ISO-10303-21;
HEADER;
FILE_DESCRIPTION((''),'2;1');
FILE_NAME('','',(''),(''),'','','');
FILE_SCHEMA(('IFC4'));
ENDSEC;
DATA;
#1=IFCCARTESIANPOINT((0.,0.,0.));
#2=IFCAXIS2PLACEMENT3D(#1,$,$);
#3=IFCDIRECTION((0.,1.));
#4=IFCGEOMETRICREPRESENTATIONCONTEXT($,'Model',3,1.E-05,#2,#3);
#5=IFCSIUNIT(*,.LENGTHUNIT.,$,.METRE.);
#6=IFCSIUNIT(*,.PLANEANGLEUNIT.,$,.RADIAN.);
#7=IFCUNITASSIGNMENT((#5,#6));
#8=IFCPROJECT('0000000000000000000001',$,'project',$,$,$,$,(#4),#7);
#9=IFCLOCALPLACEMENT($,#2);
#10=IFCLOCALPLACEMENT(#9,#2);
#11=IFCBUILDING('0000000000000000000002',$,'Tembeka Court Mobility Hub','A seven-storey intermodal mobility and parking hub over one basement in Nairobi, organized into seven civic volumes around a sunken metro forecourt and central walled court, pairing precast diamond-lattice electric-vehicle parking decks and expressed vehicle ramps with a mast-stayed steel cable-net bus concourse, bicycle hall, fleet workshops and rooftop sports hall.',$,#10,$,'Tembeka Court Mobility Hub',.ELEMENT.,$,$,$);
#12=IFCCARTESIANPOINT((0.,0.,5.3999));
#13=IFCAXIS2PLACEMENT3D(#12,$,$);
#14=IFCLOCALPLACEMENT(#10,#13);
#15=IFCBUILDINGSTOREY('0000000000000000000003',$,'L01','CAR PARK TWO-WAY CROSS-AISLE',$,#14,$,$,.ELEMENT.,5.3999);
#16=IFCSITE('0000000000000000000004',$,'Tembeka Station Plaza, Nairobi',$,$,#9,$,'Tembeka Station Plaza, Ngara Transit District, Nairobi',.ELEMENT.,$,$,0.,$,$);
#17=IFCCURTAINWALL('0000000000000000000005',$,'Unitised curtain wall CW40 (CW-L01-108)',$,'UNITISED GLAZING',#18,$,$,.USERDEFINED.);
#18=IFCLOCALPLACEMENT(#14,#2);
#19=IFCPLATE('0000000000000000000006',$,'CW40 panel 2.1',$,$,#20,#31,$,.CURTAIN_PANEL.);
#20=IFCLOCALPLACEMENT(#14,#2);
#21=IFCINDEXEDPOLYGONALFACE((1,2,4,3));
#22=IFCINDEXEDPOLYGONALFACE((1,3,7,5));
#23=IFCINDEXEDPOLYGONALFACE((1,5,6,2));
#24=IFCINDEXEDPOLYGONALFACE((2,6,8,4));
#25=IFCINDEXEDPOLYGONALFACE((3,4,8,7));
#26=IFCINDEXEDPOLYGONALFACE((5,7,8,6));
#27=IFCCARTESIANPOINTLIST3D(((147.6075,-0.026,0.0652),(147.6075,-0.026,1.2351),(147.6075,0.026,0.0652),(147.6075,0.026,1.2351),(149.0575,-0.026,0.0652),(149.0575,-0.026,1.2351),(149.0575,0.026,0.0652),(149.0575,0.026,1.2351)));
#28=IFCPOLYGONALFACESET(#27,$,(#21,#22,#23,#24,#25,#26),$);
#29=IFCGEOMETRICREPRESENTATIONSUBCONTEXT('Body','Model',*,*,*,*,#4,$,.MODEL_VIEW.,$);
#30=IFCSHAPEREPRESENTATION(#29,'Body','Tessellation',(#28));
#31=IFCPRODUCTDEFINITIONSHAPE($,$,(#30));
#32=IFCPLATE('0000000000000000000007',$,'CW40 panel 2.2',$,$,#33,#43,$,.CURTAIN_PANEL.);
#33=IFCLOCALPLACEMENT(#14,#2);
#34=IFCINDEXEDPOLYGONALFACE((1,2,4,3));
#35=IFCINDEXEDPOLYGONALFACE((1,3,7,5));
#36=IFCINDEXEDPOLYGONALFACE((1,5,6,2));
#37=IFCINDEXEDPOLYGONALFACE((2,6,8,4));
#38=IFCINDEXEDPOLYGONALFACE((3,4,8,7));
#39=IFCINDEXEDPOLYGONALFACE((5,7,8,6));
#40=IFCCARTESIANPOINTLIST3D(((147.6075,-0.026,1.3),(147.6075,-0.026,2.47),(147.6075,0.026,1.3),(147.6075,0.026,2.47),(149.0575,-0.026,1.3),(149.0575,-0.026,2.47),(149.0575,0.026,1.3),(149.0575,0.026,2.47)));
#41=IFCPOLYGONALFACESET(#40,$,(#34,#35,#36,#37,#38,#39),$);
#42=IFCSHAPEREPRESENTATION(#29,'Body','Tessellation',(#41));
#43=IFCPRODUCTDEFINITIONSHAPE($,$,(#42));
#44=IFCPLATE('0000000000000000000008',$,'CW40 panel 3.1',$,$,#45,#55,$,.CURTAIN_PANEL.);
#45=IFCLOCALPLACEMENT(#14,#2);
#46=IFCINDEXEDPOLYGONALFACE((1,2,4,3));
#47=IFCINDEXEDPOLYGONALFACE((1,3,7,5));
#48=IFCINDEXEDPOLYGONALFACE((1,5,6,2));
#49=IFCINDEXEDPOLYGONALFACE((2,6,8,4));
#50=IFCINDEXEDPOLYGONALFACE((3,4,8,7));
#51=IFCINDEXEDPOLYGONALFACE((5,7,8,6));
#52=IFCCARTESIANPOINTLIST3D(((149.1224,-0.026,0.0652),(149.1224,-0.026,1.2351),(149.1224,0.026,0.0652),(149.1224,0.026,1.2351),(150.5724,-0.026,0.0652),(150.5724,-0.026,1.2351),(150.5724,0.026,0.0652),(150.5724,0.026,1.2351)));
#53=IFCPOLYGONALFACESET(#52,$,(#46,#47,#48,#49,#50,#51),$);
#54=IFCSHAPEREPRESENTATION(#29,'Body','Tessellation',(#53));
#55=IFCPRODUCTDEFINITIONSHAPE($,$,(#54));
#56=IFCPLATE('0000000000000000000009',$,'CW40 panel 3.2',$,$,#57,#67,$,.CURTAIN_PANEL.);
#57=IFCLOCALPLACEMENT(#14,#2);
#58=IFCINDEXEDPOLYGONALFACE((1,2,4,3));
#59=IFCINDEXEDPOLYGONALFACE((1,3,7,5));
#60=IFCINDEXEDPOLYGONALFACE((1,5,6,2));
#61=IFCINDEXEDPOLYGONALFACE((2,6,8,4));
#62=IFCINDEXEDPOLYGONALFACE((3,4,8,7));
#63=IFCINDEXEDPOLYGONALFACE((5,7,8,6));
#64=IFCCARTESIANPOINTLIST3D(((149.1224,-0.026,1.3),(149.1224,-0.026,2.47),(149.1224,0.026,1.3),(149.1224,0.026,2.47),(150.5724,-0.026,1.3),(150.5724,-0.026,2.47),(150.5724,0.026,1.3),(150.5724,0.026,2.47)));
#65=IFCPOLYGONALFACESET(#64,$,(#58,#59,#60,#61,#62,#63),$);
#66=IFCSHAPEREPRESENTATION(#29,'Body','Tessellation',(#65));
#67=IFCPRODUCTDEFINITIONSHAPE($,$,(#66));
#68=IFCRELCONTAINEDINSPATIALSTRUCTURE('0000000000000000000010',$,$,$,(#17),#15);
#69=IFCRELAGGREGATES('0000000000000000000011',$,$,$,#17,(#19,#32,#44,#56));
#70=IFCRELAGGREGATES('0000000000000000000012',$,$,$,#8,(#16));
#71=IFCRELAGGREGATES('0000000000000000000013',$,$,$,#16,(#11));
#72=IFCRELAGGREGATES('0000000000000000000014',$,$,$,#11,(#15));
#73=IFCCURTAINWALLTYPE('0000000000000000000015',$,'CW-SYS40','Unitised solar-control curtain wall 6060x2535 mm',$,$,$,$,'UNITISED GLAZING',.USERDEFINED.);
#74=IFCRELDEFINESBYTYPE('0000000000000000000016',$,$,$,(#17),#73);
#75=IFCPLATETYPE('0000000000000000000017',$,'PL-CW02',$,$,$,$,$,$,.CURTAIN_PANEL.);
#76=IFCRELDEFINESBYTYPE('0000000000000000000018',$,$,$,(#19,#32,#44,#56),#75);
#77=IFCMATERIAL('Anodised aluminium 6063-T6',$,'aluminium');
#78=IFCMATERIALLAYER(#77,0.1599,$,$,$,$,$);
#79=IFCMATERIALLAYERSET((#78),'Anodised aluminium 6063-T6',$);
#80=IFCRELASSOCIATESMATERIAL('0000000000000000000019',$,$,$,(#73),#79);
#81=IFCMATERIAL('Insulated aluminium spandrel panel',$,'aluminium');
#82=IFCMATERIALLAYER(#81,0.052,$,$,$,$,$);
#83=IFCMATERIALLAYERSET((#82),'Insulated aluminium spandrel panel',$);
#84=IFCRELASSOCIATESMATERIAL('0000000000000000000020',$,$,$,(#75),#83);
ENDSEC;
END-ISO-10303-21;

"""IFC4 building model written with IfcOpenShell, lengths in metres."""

from ifc_helpers import new_model, si_unit, direction, frame, origin, origin_2d, place, context, subcontext, project, spatial, rectangle, extrude, material, layer, layer_set, type_object, element, aggregate, save


model = new_model("IFC4")

# Units and contexts
model_context = context("Model", 3, precision=1e-05, world=origin(), true_north=direction((0.0, 1.0)))
body_context = subcontext(model_context, "Body", "Model", "MODEL_VIEW")
ifc_project = project(units=[si_unit("LENGTHUNIT", "METRE"), si_unit("PLANEANGLEUNIT", "RADIAN")], contexts=[model_context])

# Site, building, storey
site_placement = place(None, origin())
site = spatial("IfcSite", under=ifc_project, at=site_placement, Name="Tembeka Station Plaza, Nairobi", LongName="Tembeka Station Plaza, Ngara Transit District, Nairobi", CompositionType="ELEMENT", RefElevation=0.0)
building_placement = place(site_placement, origin())
building = spatial("IfcBuilding", under=site, at=building_placement, Name="Tembeka Court Mobility Hub", Description="A seven-storey intermodal mobility and parking hub over one basement in Nairobi, organized into seven civic volumes around a sunken metro forecourt and central walled court, pairing precast diamond-lattice electric-vehicle parking decks and expressed vehicle ramps with a mast-stayed steel cable-net bus concourse, bicycle hall, fleet workshops and rooftop sports hall.", LongName="Tembeka Court Mobility Hub", CompositionType="ELEMENT")
storey_placement = place(building_placement, frame((0.0, 0.0, 5.3999)))
storey = spatial("IfcBuildingStorey", under=building, at=storey_placement, Name="L01", Description="CAR PARK TWO-WAY CROSS-AISLE", CompositionType="ELEMENT", Elevation=5.3999)

# Shared definitions
ifc_material_1 = material(Name="Anodised aluminium 6063-T6", Category="aluminium")

# Curtain wall
ifc_layer_1 = layer(ifc_material_1, 0.1599)
ifc_layer_set_1 = layer_set([ifc_layer_1], Name="Anodised aluminium 6063-T6")
curtain_wall_type_1 = type_object("IfcCurtainWallType", Name="CW-SYS40", Description="Unitised solar-control curtain wall 6060x2535 mm", ElementType="UNITISED GLAZING", PredefinedType="USERDEFINED", material=ifc_layer_set_1)
curtain_wall_1_placement = place(storey_placement, origin())
curtain_wall_1 = element("IfcCurtainWall", 1, at=curtain_wall_1_placement, inside=storey, type_object=curtain_wall_type_1, Name="Unitised curtain wall CW40 (CW-L01-108)", ObjectType="UNITISED GLAZING", PredefinedType="USERDEFINED")

# Plates
ifc_material_2 = material(Name="Insulated aluminium spandrel panel", Category="aluminium")
ifc_layer_2 = layer(ifc_material_2, 0.052)
ifc_layer_set_2 = layer_set([ifc_layer_2], Name="Insulated aluminium spandrel panel")
plate_type_1 = type_object("IfcPlateType", Name="PL-CW02", PredefinedType="CURTAIN_PANEL", material=ifc_layer_set_2)
plate_1_placement = place(storey_placement, frame((148.3325, 0.0, 0.0652), z_axis=(0.0, 0.0, 1.0), x_axis=(1.0, 0.0, 0.0)))
plate_1 = element("IfcPlate", 2, at=plate_1_placement, type_object=plate_type_1, Name="CW40 panel 2.1", PredefinedType="CURTAIN_PANEL", context=body_context, shape_type="SweptSolid", body=[
    extrude(rectangle(XDim=1.45, YDim=0.052, at=origin_2d()), origin(), (0.0, 0.0, 1.0), 1.1699),
])
plate_2_placement = place(storey_placement, frame((148.3325, 0.0, 1.3), z_axis=(0.0, 0.0, 1.0), x_axis=(1.0, 0.0, 0.0)))
plate_2 = element("IfcPlate", 3, at=plate_2_placement, type_object=plate_type_1, Name="CW40 panel 2.2", PredefinedType="CURTAIN_PANEL", context=body_context, shape_type="SweptSolid", body=[
    extrude(rectangle(XDim=1.45, YDim=0.052, at=origin_2d()), origin(), (0.0, 0.0, 1.0), 1.1699),
])
plate_3_placement = place(storey_placement, frame((149.8474, 0.0, 0.0652), z_axis=(0.0, 0.0, 1.0), x_axis=(1.0, 0.0, 0.0)))
plate_3 = element("IfcPlate", 4, at=plate_3_placement, type_object=plate_type_1, Name="CW40 panel 3.1", PredefinedType="CURTAIN_PANEL", context=body_context, shape_type="SweptSolid", body=[
    extrude(rectangle(XDim=1.45, YDim=0.052, at=origin_2d()), origin(), (0.0, 0.0, 1.0), 1.1699),
])
plate_4_placement = place(storey_placement, frame((149.8474, 0.0, 1.3), z_axis=(0.0, 0.0, 1.0), x_axis=(1.0, 0.0, 0.0)))
plate_4 = element("IfcPlate", 5, at=plate_4_placement, type_object=plate_type_1, Name="CW40 panel 3.2", PredefinedType="CURTAIN_PANEL", context=body_context, shape_type="SweptSolid", body=[
    extrude(rectangle(XDim=1.45, YDim=0.052, at=origin_2d()), origin(), (0.0, 0.0, 1.0), 1.1699),
])
aggregate(curtain_wall_1, [plate_1, plate_2, plate_3, plate_4])

save(model, "model.ifc")
